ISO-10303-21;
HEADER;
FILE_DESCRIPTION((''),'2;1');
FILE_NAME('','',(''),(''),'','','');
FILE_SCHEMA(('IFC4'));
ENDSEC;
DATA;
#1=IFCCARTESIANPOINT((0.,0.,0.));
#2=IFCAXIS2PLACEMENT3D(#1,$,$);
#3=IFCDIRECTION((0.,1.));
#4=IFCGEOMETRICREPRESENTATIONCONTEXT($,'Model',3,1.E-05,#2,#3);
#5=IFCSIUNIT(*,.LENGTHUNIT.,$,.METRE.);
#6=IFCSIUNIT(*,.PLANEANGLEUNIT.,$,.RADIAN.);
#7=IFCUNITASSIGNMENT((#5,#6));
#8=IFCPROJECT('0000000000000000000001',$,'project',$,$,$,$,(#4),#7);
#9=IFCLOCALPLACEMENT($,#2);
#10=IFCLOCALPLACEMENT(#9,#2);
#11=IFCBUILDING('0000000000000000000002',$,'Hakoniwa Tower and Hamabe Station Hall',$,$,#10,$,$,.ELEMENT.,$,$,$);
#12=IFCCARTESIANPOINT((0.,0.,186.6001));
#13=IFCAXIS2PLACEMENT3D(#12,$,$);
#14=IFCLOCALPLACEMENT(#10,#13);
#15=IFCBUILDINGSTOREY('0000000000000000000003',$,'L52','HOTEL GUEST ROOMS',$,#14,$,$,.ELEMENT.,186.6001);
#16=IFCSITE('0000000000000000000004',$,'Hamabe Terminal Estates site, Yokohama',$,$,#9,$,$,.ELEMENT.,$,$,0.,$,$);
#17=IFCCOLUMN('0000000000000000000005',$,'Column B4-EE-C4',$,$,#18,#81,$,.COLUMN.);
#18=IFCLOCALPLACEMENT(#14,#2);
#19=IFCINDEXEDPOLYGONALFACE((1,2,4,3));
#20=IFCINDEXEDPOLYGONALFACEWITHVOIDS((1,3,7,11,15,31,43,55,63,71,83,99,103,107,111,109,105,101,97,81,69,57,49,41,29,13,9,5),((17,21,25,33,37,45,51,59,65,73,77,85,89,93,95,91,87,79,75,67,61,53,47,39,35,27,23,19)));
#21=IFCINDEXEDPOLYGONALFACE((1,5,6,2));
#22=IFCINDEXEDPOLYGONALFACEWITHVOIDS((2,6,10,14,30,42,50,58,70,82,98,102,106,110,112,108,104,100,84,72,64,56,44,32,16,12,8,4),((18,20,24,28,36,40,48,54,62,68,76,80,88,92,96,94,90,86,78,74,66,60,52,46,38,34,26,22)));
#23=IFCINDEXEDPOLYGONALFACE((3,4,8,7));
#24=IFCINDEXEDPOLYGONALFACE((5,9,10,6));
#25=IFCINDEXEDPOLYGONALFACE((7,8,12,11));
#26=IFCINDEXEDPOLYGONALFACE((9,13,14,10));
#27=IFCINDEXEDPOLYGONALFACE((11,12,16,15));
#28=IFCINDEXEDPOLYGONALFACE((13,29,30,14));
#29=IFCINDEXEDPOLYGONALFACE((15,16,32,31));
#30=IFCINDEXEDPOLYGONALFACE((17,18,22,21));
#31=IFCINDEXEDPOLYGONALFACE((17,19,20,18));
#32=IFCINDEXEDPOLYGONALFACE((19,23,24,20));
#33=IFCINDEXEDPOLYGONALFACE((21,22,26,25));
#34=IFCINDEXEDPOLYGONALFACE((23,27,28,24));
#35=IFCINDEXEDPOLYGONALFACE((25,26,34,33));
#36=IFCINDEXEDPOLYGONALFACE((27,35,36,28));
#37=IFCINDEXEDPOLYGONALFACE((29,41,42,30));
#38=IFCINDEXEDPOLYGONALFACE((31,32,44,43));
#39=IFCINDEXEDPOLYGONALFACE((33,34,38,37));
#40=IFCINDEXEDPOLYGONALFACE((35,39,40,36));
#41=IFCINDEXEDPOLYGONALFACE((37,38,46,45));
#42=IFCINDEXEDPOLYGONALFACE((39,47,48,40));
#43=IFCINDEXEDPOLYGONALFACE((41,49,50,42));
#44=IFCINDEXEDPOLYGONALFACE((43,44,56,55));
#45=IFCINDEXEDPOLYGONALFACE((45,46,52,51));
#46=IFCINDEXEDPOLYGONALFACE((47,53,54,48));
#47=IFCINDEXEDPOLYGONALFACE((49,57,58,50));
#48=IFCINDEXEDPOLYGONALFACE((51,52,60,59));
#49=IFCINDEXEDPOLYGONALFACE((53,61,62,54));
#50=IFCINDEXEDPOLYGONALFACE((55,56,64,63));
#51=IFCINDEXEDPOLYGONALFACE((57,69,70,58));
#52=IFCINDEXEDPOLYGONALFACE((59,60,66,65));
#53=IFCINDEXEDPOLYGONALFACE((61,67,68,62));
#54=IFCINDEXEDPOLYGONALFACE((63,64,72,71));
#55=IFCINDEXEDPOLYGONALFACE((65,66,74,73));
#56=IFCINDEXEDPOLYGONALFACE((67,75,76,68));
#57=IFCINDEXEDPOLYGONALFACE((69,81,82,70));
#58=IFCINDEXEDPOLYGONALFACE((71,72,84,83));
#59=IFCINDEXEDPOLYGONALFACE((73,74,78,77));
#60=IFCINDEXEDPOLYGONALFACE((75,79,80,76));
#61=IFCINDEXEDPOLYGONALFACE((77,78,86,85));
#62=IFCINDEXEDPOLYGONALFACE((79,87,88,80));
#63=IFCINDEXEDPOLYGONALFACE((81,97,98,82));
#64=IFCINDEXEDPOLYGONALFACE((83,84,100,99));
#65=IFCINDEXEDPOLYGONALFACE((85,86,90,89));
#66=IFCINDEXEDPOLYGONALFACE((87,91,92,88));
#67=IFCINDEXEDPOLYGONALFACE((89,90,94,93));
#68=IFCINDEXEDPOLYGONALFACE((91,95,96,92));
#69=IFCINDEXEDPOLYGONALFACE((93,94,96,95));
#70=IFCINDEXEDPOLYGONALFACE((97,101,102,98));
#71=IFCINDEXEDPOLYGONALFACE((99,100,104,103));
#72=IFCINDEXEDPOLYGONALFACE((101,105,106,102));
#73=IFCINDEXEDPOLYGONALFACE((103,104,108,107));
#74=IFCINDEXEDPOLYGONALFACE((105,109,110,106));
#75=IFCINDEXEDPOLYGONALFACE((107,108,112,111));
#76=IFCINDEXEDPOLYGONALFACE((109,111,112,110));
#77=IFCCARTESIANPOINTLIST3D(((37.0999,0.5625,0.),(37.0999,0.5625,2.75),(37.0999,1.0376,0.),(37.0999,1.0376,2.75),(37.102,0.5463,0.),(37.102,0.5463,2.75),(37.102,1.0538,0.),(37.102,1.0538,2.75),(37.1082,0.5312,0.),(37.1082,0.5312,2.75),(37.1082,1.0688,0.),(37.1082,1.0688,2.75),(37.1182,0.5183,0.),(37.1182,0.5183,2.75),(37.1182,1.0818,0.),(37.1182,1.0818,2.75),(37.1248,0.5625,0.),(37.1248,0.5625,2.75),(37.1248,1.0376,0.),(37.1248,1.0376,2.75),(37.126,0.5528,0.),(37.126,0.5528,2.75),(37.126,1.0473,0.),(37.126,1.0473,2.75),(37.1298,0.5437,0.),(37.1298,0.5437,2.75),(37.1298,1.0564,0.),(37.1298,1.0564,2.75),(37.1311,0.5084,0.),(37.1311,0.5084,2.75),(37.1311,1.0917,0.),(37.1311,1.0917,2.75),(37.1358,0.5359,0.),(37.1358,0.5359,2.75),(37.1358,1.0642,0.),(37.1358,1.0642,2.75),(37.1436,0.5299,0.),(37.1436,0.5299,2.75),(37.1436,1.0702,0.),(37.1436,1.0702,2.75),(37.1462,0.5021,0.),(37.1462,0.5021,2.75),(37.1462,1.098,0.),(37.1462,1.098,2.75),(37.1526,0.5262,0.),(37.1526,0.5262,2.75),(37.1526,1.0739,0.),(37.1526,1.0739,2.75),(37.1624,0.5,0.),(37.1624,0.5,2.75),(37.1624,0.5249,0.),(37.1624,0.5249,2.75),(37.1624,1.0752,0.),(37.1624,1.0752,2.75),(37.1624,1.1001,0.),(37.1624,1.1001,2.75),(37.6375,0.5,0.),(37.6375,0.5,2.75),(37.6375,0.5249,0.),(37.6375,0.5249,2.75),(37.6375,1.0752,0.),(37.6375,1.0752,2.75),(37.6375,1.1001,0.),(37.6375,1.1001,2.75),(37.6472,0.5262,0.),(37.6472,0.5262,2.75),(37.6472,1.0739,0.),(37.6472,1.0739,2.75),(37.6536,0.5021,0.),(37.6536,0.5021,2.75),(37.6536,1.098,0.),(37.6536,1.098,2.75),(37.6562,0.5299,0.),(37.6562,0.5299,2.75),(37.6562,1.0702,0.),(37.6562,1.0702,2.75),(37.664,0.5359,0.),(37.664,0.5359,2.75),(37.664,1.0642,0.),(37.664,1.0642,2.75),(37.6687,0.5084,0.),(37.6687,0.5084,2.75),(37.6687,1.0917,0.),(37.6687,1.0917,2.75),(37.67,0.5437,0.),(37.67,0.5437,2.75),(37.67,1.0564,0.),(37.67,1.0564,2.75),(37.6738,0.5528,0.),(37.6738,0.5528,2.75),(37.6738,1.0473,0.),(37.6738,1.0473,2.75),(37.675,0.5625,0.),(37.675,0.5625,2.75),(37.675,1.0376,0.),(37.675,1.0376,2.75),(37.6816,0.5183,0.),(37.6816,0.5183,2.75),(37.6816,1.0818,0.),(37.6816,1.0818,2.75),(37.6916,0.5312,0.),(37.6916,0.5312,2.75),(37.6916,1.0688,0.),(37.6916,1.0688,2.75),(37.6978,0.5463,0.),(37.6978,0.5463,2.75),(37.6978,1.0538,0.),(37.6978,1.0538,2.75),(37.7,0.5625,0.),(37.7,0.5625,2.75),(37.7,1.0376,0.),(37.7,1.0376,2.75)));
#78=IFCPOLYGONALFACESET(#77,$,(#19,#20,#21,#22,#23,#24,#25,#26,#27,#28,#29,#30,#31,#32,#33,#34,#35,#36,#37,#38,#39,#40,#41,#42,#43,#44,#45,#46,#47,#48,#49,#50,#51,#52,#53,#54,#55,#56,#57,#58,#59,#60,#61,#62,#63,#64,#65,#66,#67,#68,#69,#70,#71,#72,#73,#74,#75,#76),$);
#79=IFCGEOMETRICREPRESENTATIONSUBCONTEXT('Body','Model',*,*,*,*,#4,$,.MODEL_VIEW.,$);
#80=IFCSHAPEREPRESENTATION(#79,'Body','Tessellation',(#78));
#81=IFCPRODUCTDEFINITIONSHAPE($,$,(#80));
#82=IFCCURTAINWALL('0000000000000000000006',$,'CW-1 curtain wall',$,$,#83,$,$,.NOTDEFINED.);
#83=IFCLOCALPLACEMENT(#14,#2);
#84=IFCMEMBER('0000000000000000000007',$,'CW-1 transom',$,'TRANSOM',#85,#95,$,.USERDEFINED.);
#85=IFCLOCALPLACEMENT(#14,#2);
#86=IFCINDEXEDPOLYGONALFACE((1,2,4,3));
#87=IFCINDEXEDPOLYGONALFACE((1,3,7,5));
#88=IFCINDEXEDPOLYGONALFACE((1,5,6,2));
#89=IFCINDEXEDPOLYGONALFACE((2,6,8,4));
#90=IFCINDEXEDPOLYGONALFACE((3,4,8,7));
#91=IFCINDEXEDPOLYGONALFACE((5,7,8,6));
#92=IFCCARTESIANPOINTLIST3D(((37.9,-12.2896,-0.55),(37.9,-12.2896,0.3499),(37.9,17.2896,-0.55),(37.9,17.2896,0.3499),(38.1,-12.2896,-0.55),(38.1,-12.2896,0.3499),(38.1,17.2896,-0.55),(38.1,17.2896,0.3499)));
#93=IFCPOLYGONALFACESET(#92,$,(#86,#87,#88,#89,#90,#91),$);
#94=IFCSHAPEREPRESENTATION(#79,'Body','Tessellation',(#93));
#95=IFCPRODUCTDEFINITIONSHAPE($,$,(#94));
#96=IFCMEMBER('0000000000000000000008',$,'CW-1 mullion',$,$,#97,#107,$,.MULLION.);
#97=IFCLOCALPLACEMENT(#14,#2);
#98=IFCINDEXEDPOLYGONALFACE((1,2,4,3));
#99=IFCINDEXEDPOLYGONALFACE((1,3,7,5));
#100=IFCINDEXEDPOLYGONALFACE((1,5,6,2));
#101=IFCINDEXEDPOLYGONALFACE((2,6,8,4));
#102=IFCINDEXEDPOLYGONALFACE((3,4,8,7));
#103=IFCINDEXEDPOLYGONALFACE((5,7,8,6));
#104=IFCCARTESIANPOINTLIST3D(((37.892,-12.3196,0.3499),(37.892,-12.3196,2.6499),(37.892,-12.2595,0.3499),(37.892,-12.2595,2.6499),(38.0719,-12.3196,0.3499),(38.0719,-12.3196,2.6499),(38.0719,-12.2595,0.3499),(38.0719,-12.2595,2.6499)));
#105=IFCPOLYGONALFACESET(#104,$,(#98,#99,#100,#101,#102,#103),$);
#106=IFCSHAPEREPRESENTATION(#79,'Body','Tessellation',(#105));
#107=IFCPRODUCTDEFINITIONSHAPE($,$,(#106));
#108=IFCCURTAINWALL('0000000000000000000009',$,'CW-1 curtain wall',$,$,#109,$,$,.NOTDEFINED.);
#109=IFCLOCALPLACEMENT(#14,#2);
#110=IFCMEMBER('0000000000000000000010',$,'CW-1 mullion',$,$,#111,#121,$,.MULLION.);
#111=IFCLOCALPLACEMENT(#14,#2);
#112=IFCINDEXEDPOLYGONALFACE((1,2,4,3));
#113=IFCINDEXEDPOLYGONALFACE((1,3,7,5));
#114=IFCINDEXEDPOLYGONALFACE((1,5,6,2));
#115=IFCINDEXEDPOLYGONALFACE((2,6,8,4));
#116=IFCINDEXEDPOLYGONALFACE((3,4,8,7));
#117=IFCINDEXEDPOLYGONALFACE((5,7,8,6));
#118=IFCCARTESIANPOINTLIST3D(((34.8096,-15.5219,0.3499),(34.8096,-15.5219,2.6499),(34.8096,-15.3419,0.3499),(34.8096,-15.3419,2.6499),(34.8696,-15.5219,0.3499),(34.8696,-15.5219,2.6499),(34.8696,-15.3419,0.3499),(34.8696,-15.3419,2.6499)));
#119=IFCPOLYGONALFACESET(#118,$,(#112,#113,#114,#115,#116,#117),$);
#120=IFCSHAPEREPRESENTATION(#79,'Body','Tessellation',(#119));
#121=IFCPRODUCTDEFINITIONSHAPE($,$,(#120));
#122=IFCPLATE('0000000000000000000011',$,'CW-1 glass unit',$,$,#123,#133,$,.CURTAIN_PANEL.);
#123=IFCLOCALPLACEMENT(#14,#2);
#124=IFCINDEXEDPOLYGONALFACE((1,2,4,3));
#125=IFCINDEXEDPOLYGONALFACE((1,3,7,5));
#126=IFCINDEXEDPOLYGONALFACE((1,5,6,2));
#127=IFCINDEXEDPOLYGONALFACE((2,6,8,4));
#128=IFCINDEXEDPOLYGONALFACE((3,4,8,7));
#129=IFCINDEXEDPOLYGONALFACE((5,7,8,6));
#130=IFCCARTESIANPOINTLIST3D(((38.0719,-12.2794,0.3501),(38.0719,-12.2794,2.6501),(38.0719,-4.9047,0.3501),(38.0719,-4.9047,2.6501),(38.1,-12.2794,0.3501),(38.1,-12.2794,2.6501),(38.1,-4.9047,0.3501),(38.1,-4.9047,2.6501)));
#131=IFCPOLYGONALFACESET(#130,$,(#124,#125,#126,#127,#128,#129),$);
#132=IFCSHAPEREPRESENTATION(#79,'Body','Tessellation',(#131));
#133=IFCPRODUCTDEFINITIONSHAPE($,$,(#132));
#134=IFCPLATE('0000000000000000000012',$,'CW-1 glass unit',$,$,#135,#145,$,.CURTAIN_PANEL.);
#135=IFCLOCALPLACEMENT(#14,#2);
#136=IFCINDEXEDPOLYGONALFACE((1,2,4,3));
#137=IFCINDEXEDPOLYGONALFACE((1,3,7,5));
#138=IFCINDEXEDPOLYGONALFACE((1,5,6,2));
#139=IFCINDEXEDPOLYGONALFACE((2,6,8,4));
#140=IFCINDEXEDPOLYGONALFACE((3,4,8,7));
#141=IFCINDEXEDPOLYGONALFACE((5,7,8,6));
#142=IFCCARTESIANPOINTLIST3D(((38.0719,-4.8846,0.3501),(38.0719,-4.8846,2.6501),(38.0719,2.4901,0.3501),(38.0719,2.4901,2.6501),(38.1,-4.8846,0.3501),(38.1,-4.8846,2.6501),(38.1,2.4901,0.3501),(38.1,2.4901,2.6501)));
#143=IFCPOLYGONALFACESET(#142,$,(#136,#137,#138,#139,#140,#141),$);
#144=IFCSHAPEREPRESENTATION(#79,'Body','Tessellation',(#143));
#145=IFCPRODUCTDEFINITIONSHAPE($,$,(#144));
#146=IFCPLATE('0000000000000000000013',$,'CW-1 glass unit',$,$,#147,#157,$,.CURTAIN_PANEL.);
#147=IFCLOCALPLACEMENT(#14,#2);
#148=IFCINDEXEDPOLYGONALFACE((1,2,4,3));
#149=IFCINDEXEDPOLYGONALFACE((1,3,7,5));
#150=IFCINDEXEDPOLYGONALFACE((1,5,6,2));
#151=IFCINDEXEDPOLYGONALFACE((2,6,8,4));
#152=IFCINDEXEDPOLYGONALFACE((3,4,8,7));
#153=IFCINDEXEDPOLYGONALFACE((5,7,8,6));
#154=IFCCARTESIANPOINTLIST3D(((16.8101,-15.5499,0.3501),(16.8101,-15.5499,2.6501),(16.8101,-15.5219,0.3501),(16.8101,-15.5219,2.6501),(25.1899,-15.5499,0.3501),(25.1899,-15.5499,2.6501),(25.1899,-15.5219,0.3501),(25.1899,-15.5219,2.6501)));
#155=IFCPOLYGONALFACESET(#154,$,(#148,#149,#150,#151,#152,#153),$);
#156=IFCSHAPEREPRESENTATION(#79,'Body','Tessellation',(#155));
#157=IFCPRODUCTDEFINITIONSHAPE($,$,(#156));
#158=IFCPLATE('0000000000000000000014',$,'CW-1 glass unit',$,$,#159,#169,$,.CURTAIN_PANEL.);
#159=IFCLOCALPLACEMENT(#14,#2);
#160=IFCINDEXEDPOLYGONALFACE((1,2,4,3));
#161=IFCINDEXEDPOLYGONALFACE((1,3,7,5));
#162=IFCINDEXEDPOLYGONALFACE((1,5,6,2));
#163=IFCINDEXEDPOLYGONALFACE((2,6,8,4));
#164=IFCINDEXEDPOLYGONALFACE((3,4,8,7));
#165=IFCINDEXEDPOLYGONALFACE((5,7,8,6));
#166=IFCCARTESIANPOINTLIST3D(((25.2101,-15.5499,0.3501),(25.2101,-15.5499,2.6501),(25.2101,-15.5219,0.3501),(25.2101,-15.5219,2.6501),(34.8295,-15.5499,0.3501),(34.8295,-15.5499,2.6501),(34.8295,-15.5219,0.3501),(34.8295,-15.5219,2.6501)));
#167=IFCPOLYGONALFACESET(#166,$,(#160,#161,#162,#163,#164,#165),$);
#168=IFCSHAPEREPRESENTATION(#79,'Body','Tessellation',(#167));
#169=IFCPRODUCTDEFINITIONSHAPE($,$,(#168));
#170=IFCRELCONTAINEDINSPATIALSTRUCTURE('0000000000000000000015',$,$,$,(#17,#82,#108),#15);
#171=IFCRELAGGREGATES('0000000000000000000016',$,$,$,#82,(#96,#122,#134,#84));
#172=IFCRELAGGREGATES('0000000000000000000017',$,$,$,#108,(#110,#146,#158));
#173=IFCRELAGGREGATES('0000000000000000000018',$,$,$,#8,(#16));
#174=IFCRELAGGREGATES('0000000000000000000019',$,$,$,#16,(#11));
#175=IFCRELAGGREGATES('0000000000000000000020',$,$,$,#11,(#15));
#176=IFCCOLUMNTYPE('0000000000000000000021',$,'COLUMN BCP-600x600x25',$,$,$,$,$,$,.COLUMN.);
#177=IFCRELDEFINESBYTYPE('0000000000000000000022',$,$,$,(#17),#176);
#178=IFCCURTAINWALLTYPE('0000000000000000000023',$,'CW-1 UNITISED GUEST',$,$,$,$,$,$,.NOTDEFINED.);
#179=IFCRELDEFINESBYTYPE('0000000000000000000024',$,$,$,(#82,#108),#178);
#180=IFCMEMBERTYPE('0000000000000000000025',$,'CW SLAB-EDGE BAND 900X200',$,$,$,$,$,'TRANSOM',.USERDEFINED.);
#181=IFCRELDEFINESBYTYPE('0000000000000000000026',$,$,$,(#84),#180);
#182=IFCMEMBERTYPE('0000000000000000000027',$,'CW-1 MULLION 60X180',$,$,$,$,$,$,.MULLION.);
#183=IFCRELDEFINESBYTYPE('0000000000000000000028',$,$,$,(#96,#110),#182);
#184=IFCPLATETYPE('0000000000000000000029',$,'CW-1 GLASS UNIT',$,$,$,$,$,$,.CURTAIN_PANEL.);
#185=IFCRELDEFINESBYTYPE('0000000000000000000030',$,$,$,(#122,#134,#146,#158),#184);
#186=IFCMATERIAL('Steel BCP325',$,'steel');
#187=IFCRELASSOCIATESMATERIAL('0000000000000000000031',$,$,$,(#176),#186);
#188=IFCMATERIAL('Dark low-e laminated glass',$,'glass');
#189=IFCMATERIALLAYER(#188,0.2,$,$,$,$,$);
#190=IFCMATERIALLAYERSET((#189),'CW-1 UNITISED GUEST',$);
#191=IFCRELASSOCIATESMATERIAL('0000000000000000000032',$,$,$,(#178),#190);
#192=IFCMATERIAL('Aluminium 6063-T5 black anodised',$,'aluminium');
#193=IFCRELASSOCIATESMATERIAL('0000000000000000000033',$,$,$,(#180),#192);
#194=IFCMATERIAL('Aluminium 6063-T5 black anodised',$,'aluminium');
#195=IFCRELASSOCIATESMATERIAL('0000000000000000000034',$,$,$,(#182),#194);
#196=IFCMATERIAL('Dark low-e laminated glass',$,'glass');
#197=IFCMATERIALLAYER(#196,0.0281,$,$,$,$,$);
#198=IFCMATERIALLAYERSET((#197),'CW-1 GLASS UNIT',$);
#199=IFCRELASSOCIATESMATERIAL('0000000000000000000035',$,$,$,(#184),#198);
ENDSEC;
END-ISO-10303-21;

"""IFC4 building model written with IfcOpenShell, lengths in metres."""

from ifc_helpers import new_model, si_unit, direction, frame, origin, origin_2d, place, context, subcontext, project, spatial, rectangle, hollow_rectangle, extrude, material, layer, layer_set, material_profile, profile_set, type_object, element, aggregate, save


model = new_model("IFC4")

# Units and contexts
model_context = context("Model", 3, precision=1e-05, world=origin(), true_north=direction((0.0, 1.0)))
body_context = subcontext(model_context, "Body", "Model", "MODEL_VIEW")
ifc_project = project(units=[si_unit("LENGTHUNIT", "METRE"), si_unit("PLANEANGLEUNIT", "RADIAN")], contexts=[model_context])

# Site, building, storey
site_placement = place(None, origin())
site = spatial("IfcSite", under=ifc_project, at=site_placement, Name="Hamabe Terminal Estates site, Yokohama", CompositionType="ELEMENT", RefElevation=0.0)
building_placement = place(site_placement, origin())
building = spatial("IfcBuilding", under=site, at=building_placement, Name="Hakoniwa Tower and Hamabe Station Hall", CompositionType="ELEMENT")
storey_placement = place(building_placement, frame((0.0, 0.0, 186.6001)))
storey = spatial("IfcBuildingStorey", under=building, at=storey_placement, Name="L52", Description="HOTEL GUEST ROOMS", CompositionType="ELEMENT", Elevation=186.6001)

# Column
ifc_material_1 = material(Name="Steel BCP325", Category="steel")
ifc_material_profile_1 = material_profile(ifc_material_1, hollow_rectangle(XDim=0.6001, YDim=0.6001, WallThickness=0.0249, InnerFilletRadius=0.0376, OuterFilletRadius=0.0625, at=origin_2d()), Name="BCP-600x600x25")
ifc_profile_set_1 = profile_set([ifc_material_profile_1], Name="Steel BCP325")
column_type = type_object("IfcColumnType", Name="COLUMN BCP-600x600x25", PredefinedType="COLUMN", material=ifc_profile_set_1)
for number, where, z_axis, x_axis, name in (
    (1, (37.3999, 0.8, 0.0), (0.0, 0.0, 1.0), (1.0, 0.0, 0.0), "Column B4-EE-C4"),
):
    element("IfcColumn", number, at=place(storey_placement, frame(where, z_axis=z_axis, x_axis=x_axis)), inside=storey, type_object=column_type, Name=name, PredefinedType="COLUMN", context=body_context, shape_type="SweptSolid", body=[
        extrude(hollow_rectangle(XDim=0.6001, YDim=0.6001, WallThickness=0.0249, InnerFilletRadius=0.0376, OuterFilletRadius=0.0625, at=origin_2d()), origin(), (0.0, 0.0, 1.0), 2.75),
    ])

# Curtain wall, members
ifc_material_2 = material(Name="Dark low-e laminated glass", Category="glass")
ifc_layer_1 = layer(ifc_material_2, 0.2)
ifc_layer_set_1 = layer_set([ifc_layer_1], Name="CW-1 UNITISED GUEST")
curtain_wall_type = type_object("IfcCurtainWallType", Name="CW-1 UNITISED GUEST", PredefinedType="NOTDEFINED", material=ifc_layer_set_1)
curtain_wall_1_placement = place(storey_placement, origin())
curtain_wall_1 = element("IfcCurtainWall", 2, at=curtain_wall_1_placement, inside=storey, type_object=curtain_wall_type, Name="CW-1 curtain wall", PredefinedType="NOTDEFINED")
ifc_material_3 = material(Name="Aluminium 6063-T5 black anodised", Category="aluminium")
ifc_material_profile_2 = material_profile(ifc_material_3, rectangle(XDim=0.2, YDim=0.8999, at=origin_2d()), Name="CW SLAB-EDGE BAND 900X200")
ifc_profile_set_2 = profile_set([ifc_material_profile_2], Name="Aluminium 6063-T5 black anodised")
member_type_1 = type_object("IfcMemberType", Name="CW SLAB-EDGE BAND 900X200", ElementType="TRANSOM", PredefinedType="USERDEFINED", material=ifc_profile_set_2)
member_1_placement = place(storey_placement, frame((38.0, -12.2896, -0.1001), z_axis=(0.0, 1.0, 0.0), x_axis=(-1.0, 0.0, 0.0)))
member_1 = element("IfcMember", 3, at=member_1_placement, type_object=member_type_1, Name="CW-1 transom", ObjectType="TRANSOM", PredefinedType="USERDEFINED", context=body_context, shape_type="SweptSolid", body=[
    extrude(rectangle(XDim=0.2, YDim=0.8999, at=origin_2d()), origin(), (0.0, 0.0, 1.0), 29.5791),
])
ifc_material_4 = material(Name="Aluminium 6063-T5 black anodised", Category="aluminium")
ifc_material_profile_3 = material_profile(ifc_material_4, rectangle(XDim=0.0601, YDim=0.1799, at=origin_2d()), Name="CW-1 MULLION 60X180")
ifc_profile_set_3 = profile_set([ifc_material_profile_3], Name="Aluminium 6063-T5 black anodised")
member_type_2 = type_object("IfcMemberType", Name="CW-1 MULLION 60X180", PredefinedType="MULLION", material=ifc_profile_set_3)
member_2_placement = place(storey_placement, frame((37.9819, -12.2896, 0.3499), z_axis=(0.0, 0.0, 1.0), x_axis=(0.0, 1.0, 0.0)))
member_2 = element("IfcMember", 4, at=member_2_placement, type_object=member_type_2, Name="CW-1 mullion", PredefinedType="MULLION", context=body_context, shape_type="SweptSolid", body=[
    extrude(rectangle(XDim=0.0601, YDim=0.1799, at=origin_2d()), origin(), (0.0, 0.0, 1.0), 2.3),
])

# Curtain wall, member
curtain_wall_2_placement = place(storey_placement, origin())
curtain_wall_2 = element("IfcCurtainWall", 5, at=curtain_wall_2_placement, inside=storey, type_object=curtain_wall_type, Name="CW-1 curtain wall", PredefinedType="NOTDEFINED")
member_3_placement = place(storey_placement, frame((34.8396, -15.4319, 0.3499), z_axis=(0.0, 0.0, 1.0), x_axis=(1.0, 0.0, 0.0)))
member_3 = element("IfcMember", 6, at=member_3_placement, type_object=member_type_2, Name="CW-1 mullion", PredefinedType="MULLION", context=body_context, shape_type="SweptSolid", body=[
    extrude(rectangle(XDim=0.0601, YDim=0.1799, at=origin_2d()), origin(), (0.0, 0.0, 1.0), 2.3),
])

# Plates
ifc_material_5 = material(Name="Dark low-e laminated glass", Category="glass")
ifc_layer_2 = layer(ifc_material_5, 0.0281)
ifc_layer_set_2 = layer_set([ifc_layer_2], Name="CW-1 GLASS UNIT")
plate_type = type_object("IfcPlateType", Name="CW-1 GLASS UNIT", PredefinedType="CURTAIN_PANEL", material=ifc_layer_set_2)
plate_1_placement = place(storey_placement, frame((38.0859, -8.592, 0.3501), z_axis=(0.0, 0.0, 1.0), x_axis=(0.0, 1.0, 0.0)))
plate_1 = element("IfcPlate", 7, at=plate_1_placement, type_object=plate_type, Name="CW-1 glass unit", PredefinedType="CURTAIN_PANEL", context=body_context, shape_type="SweptSolid", body=[
    extrude(rectangle(XDim=7.3748, YDim=0.0281, at=origin_2d()), origin(), (0.0, 0.0, 1.0), 2.3),
])
plate_2_placement = place(storey_placement, frame((38.0859, -1.1973, 0.3501), z_axis=(0.0, 0.0, 1.0), x_axis=(0.0, 1.0, 0.0)))
plate_2 = element("IfcPlate", 8, at=plate_2_placement, type_object=plate_type, Name="CW-1 glass unit", PredefinedType="CURTAIN_PANEL", context=body_context, shape_type="SweptSolid", body=[
    extrude(rectangle(XDim=7.3748, YDim=0.0281, at=origin_2d()), origin(), (0.0, 0.0, 1.0), 2.3),
])
aggregate(curtain_wall_1, [member_2, plate_1, plate_2, member_1])
plate_3_placement = place(storey_placement, frame((21.0, -15.5359, 0.3501), z_axis=(0.0, 0.0, 1.0), x_axis=(1.0, 0.0, 0.0)))
plate_3 = element("IfcPlate", 9, at=plate_3_placement, type_object=plate_type, Name="CW-1 glass unit", PredefinedType="CURTAIN_PANEL", context=body_context, shape_type="SweptSolid", body=[
    extrude(rectangle(XDim=8.3799, YDim=0.0281, at=origin_2d()), origin(), (0.0, 0.0, 1.0), 2.3),
])
plate_4_placement = place(storey_placement, frame((30.0198, -15.5359, 0.3501), z_axis=(0.0, 0.0, 1.0), x_axis=(1.0, 0.0, 0.0)))
plate_4 = element("IfcPlate", 10, at=plate_4_placement, type_object=plate_type, Name="CW-1 glass unit", PredefinedType="CURTAIN_PANEL", context=body_context, shape_type="SweptSolid", body=[
    extrude(rectangle(XDim=9.6194, YDim=0.0281, at=origin_2d()), origin(), (0.0, 0.0, 1.0), 2.3),
])
aggregate(curtain_wall_2, [member_3, plate_3, plate_4])

save(model, "model.ifc")
